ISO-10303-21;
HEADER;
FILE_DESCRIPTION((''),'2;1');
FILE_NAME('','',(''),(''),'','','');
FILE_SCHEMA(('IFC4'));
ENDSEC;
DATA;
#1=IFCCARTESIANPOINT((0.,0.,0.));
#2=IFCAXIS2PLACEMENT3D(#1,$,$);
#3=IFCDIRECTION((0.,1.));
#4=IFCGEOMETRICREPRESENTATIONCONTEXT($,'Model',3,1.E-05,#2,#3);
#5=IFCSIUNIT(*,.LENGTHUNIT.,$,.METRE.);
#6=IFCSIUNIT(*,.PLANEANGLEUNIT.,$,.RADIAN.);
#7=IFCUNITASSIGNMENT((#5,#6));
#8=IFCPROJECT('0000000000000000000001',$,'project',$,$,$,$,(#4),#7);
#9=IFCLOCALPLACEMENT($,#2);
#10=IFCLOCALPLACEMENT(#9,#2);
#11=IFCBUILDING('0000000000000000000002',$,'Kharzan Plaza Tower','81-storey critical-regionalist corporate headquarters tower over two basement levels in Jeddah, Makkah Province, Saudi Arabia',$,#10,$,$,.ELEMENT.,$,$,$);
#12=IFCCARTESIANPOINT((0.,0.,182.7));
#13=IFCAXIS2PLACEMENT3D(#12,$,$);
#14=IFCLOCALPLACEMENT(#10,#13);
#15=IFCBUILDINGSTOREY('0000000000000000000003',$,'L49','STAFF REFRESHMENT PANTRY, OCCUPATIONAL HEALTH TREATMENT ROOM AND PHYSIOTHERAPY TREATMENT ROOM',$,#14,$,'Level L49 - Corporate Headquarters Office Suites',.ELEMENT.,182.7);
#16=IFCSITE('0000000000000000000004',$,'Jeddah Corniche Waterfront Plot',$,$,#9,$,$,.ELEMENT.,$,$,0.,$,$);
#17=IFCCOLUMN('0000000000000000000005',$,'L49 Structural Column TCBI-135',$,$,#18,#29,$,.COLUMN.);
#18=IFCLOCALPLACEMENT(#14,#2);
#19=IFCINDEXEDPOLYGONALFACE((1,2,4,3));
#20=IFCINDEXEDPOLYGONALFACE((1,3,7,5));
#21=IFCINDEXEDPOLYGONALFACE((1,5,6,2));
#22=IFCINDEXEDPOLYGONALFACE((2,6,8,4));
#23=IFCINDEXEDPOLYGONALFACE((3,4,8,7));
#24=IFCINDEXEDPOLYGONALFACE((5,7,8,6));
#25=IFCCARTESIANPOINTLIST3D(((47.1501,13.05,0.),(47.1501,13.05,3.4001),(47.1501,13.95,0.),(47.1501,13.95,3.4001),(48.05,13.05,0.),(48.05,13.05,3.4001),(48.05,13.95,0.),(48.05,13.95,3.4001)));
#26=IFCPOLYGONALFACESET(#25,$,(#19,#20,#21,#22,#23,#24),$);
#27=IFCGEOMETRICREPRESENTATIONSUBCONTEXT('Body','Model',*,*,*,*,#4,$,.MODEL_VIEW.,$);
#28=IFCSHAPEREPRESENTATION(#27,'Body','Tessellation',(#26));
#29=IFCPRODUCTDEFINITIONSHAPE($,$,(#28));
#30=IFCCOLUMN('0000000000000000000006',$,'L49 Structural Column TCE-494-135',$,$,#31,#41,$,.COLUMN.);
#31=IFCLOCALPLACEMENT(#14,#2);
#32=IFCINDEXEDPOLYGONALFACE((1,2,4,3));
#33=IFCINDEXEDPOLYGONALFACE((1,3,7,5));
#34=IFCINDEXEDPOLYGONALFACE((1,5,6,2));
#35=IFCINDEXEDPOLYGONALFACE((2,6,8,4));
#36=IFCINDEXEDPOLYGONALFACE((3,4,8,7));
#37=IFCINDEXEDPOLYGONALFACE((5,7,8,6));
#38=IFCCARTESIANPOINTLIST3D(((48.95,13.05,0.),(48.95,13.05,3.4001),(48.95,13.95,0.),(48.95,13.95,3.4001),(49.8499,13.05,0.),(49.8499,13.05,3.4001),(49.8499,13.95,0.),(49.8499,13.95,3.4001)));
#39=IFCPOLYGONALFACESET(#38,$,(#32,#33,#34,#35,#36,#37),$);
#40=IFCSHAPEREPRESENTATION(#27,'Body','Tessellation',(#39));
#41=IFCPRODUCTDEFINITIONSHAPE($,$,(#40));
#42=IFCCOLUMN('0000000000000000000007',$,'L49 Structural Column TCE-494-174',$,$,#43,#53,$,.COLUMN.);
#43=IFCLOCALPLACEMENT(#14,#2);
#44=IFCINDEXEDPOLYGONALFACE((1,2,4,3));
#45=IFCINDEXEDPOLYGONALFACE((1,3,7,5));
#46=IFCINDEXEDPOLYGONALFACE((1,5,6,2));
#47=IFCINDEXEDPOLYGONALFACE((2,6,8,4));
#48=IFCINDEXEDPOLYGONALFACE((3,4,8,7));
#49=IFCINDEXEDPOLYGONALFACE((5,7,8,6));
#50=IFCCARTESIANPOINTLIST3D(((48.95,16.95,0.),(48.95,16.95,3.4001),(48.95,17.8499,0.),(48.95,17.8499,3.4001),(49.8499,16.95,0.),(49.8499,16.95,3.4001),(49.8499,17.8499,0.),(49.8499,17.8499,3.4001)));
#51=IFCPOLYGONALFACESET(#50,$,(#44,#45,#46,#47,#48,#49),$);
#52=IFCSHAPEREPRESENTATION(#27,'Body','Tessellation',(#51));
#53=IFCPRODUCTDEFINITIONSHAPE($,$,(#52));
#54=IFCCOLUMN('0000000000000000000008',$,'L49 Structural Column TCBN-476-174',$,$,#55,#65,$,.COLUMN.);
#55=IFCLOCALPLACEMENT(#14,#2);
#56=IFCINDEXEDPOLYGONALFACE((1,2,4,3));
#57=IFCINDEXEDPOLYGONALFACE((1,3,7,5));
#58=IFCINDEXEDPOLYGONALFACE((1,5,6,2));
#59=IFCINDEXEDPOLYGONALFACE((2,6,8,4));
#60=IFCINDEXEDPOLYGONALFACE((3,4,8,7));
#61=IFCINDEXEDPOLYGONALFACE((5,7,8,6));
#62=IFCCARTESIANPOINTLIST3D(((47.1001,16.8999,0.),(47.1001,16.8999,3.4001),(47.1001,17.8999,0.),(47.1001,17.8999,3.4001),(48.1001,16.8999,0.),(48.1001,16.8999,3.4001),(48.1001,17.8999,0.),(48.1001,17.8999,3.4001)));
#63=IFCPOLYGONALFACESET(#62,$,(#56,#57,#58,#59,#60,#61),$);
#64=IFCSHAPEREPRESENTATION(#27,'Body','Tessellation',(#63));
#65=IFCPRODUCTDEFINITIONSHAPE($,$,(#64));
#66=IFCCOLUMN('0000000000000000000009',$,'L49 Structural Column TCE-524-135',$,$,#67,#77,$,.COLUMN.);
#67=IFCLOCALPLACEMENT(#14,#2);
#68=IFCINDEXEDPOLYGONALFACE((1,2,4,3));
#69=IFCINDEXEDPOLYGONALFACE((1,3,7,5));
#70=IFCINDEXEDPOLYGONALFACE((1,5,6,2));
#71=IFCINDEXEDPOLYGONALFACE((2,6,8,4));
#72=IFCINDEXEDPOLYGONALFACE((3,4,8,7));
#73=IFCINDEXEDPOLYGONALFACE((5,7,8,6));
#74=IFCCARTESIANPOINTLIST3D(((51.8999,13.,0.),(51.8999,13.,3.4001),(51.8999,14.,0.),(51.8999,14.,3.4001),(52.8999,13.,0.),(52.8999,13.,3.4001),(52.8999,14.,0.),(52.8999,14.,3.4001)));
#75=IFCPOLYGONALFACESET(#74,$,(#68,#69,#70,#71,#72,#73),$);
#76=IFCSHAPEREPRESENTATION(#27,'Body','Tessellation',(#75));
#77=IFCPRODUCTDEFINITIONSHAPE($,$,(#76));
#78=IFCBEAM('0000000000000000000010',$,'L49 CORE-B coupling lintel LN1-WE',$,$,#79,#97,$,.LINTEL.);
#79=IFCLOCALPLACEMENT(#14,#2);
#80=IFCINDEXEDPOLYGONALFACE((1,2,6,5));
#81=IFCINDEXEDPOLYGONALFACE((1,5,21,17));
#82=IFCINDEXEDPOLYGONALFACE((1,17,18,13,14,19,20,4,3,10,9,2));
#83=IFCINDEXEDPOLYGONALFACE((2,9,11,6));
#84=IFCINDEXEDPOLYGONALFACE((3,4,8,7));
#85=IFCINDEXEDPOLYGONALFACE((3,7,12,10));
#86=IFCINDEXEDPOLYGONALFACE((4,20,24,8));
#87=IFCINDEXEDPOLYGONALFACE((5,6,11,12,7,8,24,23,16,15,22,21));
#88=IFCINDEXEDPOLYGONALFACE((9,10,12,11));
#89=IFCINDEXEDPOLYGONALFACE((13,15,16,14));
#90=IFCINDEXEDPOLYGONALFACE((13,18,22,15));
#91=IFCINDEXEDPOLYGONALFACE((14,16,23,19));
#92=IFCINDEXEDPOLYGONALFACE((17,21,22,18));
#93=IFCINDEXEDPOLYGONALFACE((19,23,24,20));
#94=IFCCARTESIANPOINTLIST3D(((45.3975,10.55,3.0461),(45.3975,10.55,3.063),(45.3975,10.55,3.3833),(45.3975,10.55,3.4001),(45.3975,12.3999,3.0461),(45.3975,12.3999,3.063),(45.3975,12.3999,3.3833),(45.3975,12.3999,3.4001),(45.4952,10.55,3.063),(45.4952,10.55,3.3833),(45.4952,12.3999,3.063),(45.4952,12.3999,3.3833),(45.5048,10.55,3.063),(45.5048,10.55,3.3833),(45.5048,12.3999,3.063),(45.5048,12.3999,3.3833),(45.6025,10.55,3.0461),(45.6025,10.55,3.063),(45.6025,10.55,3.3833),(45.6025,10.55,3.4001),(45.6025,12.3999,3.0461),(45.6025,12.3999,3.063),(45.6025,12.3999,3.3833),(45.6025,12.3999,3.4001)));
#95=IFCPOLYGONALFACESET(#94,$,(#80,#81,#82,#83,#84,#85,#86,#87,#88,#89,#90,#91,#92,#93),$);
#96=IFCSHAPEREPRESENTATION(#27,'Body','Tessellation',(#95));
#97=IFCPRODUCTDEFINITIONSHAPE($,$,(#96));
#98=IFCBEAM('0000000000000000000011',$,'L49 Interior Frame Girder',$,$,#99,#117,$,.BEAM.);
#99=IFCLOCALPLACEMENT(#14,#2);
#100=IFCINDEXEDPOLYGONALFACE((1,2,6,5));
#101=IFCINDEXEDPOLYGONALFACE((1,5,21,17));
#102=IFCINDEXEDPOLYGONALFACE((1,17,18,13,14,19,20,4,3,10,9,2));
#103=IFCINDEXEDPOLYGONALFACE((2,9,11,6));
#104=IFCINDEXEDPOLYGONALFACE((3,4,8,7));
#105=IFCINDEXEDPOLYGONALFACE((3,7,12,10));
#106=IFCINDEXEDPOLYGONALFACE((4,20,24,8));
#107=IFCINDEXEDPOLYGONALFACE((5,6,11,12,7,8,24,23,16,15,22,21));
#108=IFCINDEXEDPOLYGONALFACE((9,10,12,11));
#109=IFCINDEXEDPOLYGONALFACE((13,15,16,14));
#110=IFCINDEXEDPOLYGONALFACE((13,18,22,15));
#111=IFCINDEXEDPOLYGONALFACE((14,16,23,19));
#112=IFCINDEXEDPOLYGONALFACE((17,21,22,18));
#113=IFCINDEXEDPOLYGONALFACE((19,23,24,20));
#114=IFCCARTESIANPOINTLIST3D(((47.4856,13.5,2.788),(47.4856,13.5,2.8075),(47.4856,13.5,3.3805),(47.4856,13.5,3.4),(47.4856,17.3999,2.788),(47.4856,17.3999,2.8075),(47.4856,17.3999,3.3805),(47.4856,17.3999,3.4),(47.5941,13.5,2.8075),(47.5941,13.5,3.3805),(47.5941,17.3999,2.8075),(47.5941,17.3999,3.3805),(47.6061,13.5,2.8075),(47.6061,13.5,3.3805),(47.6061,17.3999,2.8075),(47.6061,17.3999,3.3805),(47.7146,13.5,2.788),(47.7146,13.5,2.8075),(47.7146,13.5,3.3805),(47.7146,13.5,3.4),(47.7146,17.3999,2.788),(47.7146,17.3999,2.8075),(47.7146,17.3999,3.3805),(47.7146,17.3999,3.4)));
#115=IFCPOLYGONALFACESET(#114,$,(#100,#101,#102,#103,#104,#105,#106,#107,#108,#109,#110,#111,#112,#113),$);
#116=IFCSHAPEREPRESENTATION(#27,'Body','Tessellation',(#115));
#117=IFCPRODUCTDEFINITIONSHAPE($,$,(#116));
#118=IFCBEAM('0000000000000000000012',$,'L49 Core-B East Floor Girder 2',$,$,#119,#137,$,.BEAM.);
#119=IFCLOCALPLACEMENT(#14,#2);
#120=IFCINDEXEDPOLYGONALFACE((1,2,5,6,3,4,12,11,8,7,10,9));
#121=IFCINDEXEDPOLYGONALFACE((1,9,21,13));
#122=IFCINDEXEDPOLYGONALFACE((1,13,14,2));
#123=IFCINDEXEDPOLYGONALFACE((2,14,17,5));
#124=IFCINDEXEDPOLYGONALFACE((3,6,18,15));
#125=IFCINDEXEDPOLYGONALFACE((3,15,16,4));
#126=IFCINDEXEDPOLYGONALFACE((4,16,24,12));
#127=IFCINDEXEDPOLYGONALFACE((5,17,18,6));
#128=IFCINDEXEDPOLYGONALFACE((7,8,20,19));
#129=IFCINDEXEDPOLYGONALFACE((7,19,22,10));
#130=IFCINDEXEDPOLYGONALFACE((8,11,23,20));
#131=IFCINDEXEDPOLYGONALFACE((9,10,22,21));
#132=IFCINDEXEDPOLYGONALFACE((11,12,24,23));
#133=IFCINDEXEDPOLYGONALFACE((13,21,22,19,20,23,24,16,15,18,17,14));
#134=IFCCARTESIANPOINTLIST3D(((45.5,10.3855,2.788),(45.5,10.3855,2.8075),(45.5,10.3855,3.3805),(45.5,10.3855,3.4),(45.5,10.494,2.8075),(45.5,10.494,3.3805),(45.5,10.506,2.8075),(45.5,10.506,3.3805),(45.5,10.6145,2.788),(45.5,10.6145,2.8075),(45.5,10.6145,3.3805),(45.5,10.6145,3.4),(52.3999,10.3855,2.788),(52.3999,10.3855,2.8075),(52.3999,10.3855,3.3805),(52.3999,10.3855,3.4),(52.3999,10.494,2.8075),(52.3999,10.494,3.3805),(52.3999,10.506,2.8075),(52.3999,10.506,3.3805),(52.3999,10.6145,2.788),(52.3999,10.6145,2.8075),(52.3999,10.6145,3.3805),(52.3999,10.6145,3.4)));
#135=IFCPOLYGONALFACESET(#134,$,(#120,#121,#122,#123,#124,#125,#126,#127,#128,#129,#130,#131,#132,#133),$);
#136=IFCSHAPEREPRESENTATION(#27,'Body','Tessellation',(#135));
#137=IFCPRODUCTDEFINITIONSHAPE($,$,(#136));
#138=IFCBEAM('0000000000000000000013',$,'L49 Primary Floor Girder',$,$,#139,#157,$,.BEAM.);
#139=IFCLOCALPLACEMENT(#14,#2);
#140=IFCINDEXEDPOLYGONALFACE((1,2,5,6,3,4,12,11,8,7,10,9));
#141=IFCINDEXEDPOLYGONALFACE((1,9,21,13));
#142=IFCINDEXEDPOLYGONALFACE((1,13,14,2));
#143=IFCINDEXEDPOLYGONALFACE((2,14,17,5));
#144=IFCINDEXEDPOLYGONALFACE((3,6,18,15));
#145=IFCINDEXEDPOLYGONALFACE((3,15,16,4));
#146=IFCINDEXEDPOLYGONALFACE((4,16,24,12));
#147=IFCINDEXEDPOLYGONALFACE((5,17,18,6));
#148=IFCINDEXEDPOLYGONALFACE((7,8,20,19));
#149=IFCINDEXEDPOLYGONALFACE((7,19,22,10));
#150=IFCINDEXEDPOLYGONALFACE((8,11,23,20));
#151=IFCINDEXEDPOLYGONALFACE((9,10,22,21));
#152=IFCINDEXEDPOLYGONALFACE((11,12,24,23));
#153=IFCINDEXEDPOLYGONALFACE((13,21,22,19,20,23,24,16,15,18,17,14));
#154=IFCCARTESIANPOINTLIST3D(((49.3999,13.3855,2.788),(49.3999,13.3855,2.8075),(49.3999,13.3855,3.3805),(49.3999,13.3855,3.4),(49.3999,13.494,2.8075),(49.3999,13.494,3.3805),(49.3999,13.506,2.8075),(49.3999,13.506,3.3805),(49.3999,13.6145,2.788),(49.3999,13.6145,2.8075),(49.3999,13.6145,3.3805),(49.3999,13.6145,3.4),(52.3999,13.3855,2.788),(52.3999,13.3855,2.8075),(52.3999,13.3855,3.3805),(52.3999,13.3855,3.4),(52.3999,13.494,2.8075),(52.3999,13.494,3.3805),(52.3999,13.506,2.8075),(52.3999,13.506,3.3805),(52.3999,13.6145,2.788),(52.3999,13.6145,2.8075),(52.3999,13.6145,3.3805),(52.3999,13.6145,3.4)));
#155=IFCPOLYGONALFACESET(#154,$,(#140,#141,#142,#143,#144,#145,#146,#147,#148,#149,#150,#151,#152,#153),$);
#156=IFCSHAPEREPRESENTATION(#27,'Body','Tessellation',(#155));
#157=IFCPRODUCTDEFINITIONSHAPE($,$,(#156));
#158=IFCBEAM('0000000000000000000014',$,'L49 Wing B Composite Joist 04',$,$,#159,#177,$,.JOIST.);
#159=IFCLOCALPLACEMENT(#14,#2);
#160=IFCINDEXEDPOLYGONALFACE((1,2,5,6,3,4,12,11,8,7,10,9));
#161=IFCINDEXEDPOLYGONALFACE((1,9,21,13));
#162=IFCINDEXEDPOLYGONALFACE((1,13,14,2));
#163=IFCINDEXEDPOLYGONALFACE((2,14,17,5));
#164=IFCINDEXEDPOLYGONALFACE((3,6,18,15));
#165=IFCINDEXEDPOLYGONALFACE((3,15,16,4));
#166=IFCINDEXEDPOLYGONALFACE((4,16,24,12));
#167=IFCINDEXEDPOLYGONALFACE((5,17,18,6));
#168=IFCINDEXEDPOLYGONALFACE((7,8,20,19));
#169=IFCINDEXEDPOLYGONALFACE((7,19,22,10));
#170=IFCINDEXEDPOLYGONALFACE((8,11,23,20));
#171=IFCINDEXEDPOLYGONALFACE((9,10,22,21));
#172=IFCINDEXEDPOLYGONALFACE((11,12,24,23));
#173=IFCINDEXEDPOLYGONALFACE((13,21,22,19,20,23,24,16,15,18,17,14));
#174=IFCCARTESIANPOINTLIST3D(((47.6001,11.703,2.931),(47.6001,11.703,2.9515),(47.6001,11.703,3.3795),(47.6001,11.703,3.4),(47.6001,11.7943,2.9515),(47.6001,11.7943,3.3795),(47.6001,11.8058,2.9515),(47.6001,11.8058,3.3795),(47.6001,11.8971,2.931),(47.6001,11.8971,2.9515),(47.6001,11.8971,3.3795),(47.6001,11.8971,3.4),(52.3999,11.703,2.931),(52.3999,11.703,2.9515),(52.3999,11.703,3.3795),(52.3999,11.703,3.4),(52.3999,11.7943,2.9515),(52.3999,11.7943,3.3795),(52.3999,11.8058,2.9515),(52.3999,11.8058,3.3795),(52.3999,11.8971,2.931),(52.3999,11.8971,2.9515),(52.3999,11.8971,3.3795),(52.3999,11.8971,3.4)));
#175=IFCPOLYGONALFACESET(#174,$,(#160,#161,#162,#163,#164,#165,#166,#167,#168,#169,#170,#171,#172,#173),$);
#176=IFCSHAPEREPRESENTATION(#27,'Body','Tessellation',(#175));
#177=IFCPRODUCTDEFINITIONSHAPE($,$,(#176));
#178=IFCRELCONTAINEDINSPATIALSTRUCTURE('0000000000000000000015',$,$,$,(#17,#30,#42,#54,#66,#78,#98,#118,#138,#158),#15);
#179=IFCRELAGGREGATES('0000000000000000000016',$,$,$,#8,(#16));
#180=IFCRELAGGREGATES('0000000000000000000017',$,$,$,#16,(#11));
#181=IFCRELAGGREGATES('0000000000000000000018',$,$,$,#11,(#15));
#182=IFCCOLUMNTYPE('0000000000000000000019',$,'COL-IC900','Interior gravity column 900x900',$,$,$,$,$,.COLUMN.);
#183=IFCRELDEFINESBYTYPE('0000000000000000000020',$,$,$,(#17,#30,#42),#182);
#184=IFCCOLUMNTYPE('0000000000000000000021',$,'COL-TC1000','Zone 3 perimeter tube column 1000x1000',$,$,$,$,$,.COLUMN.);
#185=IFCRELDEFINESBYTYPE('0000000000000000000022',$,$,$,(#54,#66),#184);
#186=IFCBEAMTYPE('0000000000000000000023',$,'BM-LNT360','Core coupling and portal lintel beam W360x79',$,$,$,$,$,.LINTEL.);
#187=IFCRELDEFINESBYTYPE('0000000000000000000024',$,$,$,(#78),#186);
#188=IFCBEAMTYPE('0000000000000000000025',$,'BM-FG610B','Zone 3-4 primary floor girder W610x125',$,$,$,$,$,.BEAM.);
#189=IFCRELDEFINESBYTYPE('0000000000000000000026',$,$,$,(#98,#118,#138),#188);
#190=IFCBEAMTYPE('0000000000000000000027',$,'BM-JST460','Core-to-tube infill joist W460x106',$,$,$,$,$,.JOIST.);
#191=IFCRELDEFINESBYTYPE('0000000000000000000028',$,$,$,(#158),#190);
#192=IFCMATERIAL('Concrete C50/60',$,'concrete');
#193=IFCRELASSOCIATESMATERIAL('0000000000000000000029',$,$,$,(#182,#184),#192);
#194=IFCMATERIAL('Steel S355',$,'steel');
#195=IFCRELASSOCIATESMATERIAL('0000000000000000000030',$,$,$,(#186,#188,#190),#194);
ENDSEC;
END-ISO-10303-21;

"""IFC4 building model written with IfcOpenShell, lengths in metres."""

from ifc_helpers import new_model, si_unit, direction, frame, origin, origin_2d, place, context, subcontext, project, spatial, rectangle, i_section, extrude, source, transform, mapped, material, material_profile, profile_set, type_object, element, save


model = new_model("IFC4")

# Units and contexts
model_context = context("Model", 3, precision=1e-05, world=origin(), true_north=direction((0.0, 1.0)))
body_context = subcontext(model_context, "Body", "Model", "MODEL_VIEW")
ifc_project = project(units=[si_unit("LENGTHUNIT", "METRE"), si_unit("PLANEANGLEUNIT", "RADIAN")], contexts=[model_context])

# Site, building, storey
site_placement = place(None, origin())
site = spatial("IfcSite", under=ifc_project, at=site_placement, Name="Jeddah Corniche Waterfront Plot", CompositionType="ELEMENT", RefElevation=0.0)
building_placement = place(site_placement, origin())
building = spatial("IfcBuilding", under=site, at=building_placement, Name="Kharzan Plaza Tower", Description="81-storey critical-regionalist corporate headquarters tower over two basement levels in Jeddah, Makkah Province, Saudi Arabia", CompositionType="ELEMENT")
storey_placement = place(building_placement, frame((0.0, 0.0, 182.7)))
storey = spatial("IfcBuildingStorey", under=building, at=storey_placement, Name="L49", Description="STAFF REFRESHMENT PANTRY, OCCUPATIONAL HEALTH TREATMENT ROOM AND PHYSIOTHERAPY TREATMENT ROOM", LongName="Level L49 - Corporate Headquarters Office Suites", CompositionType="ELEMENT", Elevation=182.7)

# Columns
ifc_material_1 = material(Name="Concrete C50/60", Category="concrete")
ifc_material_profile_1 = material_profile(ifc_material_1, rectangle(XDim=0.8999, YDim=0.8999, at=origin_2d()), Name="RC-IC900x900")
ifc_profile_set_1 = profile_set([ifc_material_profile_1], Name="Concrete C50/60")
column_type_1 = type_object("IfcColumnType", Name="COL-IC900", Description="Interior gravity column 900x900", PredefinedType="COLUMN", material=ifc_profile_set_1)
shared_shape_1 = source(origin(), body_context, "Body", "SweptSolid", [
    extrude(rectangle(XDim=0.8999, YDim=0.8999, at=origin_2d()), origin(), (0.0, 0.0, 1.0), 3.4001),
])
for number, where, z_axis, x_axis, name in (
    (1, (47.6001, 13.5, 0.0), (0.0, 0.0, 1.0), (1.0, 0.0, 0.0), "L49 Structural Column TCBI-135"),
    (2, (49.3999, 13.5, 0.0), (0.0, 0.0, 1.0), (1.0, 0.0, 0.0), "L49 Structural Column TCE-494-135"),
    (3, (49.3999, 17.3999, 0.0), (0.0, 0.0, 1.0), (1.0, 0.0, 0.0), "L49 Structural Column TCE-494-174"),
):
    element("IfcColumn", number, at=place(storey_placement, frame(where, z_axis=z_axis, x_axis=x_axis)), inside=storey, type_object=column_type_1, Name=name, PredefinedType="COLUMN", context=body_context, shape_type="MappedRepresentation", body=[
        mapped(shared_shape_1, transform((0.0, 0.0, 0.0), x_axis=(1.0, 0.0, 0.0), y_axis=(0.0, 1.0, 0.0), z_axis=(0.0, 0.0, 1.0))),
    ])
ifc_material_profile_2 = material_profile(ifc_material_1, rectangle(XDim=1.0, YDim=1.0, at=origin_2d()), Name="RC-TC1000x1000")
ifc_profile_set_2 = profile_set([ifc_material_profile_2], Name="Concrete C50/60")
column_type_2 = type_object("IfcColumnType", Name="COL-TC1000", Description="Zone 3 perimeter tube column 1000x1000", PredefinedType="COLUMN", material=ifc_profile_set_2)
shared_shape_2 = source(origin(), body_context, "Body", "SweptSolid", [
    extrude(rectangle(XDim=1.0, YDim=1.0, at=origin_2d()), origin(), (0.0, 0.0, 1.0), 3.4001),
])
for number, where, z_axis, x_axis, name in (
    (4, (47.6001, 17.3999, 0.0), (0.0, 0.0, 1.0), (1.0, 0.0, 0.0), "L49 Structural Column TCBN-476-174"),
    (5, (52.3999, 13.5, 0.0), (0.0, 0.0, 1.0), (1.0, 0.0, 0.0), "L49 Structural Column TCE-524-135"),
):
    element("IfcColumn", number, at=place(storey_placement, frame(where, z_axis=z_axis, x_axis=x_axis)), inside=storey, type_object=column_type_2, Name=name, PredefinedType="COLUMN", context=body_context, shape_type="MappedRepresentation", body=[
        mapped(shared_shape_2, transform((0.0, 0.0, 0.0), x_axis=(1.0, 0.0, 0.0), y_axis=(0.0, 1.0, 0.0), z_axis=(0.0, 0.0, 1.0))),
    ])

# Beams
ifc_material_2 = material(Name="Steel S355", Category="steel")
ifc_material_profile_3 = material_profile(ifc_material_2, i_section(OverallWidth=0.2051, OverallDepth=0.354, WebThickness=0.0095, FlangeThickness=0.0168, at=origin_2d()), Name="W360x79")
ifc_profile_set_3 = profile_set([ifc_material_profile_3], Name="Steel S355")
beam_type_1 = type_object("IfcBeamType", Name="BM-LNT360", Description="Core coupling and portal lintel beam W360x79", PredefinedType="LINTEL", material=ifc_profile_set_3)
shared_shape_3 = source(origin(), body_context, "Body", "SweptSolid", [
    extrude(i_section(OverallWidth=0.2051, OverallDepth=0.354, WebThickness=0.0095, FlangeThickness=0.0168, at=origin_2d()), origin(), (0.0, 0.0, 1.0), 1.8499),
])
beam_1_placement = place(storey_placement, frame((45.5, 10.55, 3.2231), z_axis=(0.0, 1.0, 0.0), x_axis=(-1.0, 0.0, 0.0)))
element("IfcBeam", 6, at=beam_1_placement, inside=storey, type_object=beam_type_1, Name="L49 CORE-B coupling lintel LN1-WE", PredefinedType="LINTEL", context=body_context, shape_type="MappedRepresentation", body=[
    mapped(shared_shape_3, transform((0.0, 0.0, 0.0), x_axis=(1.0, 0.0, 0.0), y_axis=(0.0, 1.0, 0.0), z_axis=(0.0, 0.0, 1.0))),
])
ifc_material_profile_4 = material_profile(ifc_material_2, i_section(OverallWidth=0.229, OverallDepth=0.6121, WebThickness=0.012, FlangeThickness=0.0195, at=origin_2d()), Name="W610x125")
ifc_profile_set_4 = profile_set([ifc_material_profile_4], Name="Steel S355")
beam_type_2 = type_object("IfcBeamType", Name="BM-FG610B", Description="Zone 3-4 primary floor girder W610x125", PredefinedType="BEAM", material=ifc_profile_set_4)
shared_shape_4 = source(origin(), body_context, "Body", "SweptSolid", [
    extrude(i_section(OverallWidth=0.229, OverallDepth=0.6121, WebThickness=0.012, FlangeThickness=0.0195, at=origin_2d()), origin(), (0.0, 0.0, 1.0), 3.8999),
])
beam_2_placement = place(storey_placement, frame((47.6001, 13.5, 3.094), z_axis=(0.0, 1.0, 0.0), x_axis=(-1.0, 0.0, 0.0)))
element("IfcBeam", 7, at=beam_2_placement, inside=storey, type_object=beam_type_2, Name="L49 Interior Frame Girder", PredefinedType="BEAM", context=body_context, shape_type="MappedRepresentation", body=[
    mapped(shared_shape_4, transform((0.0, 0.0, 0.0), x_axis=(1.0, 0.0, 0.0), y_axis=(0.0, 1.0, 0.0), z_axis=(0.0, 0.0, 1.0))),
])
shared_shape_5 = source(origin(), body_context, "Body", "SweptSolid", [
    extrude(i_section(OverallWidth=0.229, OverallDepth=0.6121, WebThickness=0.012, FlangeThickness=0.0195, at=origin_2d()), origin(), (0.0, 0.0, 1.0), 6.8999),
])
beam_3_placement = place(storey_placement, frame((45.5, 10.5, 3.094), z_axis=(1.0, 0.0, 0.0), x_axis=(0.0, 1.0, 0.0)))
element("IfcBeam", 8, at=beam_3_placement, inside=storey, type_object=beam_type_2, Name="L49 Core-B East Floor Girder 2", PredefinedType="BEAM", context=body_context, shape_type="MappedRepresentation", body=[
    mapped(shared_shape_5, transform((0.0, 0.0, 0.0), x_axis=(1.0, 0.0, 0.0), y_axis=(0.0, 1.0, 0.0), z_axis=(0.0, 0.0, 1.0))),
])
shared_shape_6 = source(origin(), body_context, "Body", "SweptSolid", [
    extrude(i_section(OverallWidth=0.229, OverallDepth=0.6121, WebThickness=0.012, FlangeThickness=0.0195, at=origin_2d()), origin(), (0.0, 0.0, 1.0), 3.0),
])
beam_4_placement = place(storey_placement, frame((49.3999, 13.5, 3.094), z_axis=(1.0, 0.0, 0.0), x_axis=(0.0, 1.0, 0.0)))
element("IfcBeam", 9, at=beam_4_placement, inside=storey, type_object=beam_type_2, Name="L49 Primary Floor Girder", PredefinedType="BEAM", context=body_context, shape_type="MappedRepresentation", body=[
    mapped(shared_shape_6, transform((0.0, 0.0, 0.0), x_axis=(1.0, 0.0, 0.0), y_axis=(0.0, 1.0, 0.0), z_axis=(0.0, 0.0, 1.0))),
])
ifc_material_profile_5 = material_profile(ifc_material_2, i_section(OverallWidth=0.1941, OverallDepth=0.469, WebThickness=0.0115, FlangeThickness=0.0205, at=origin_2d()), Name="W460x106")
ifc_profile_set_5 = profile_set([ifc_material_profile_5], Name="Steel S355")
beam_type_3 = type_object("IfcBeamType", Name="BM-JST460", Description="Core-to-tube infill joist W460x106", PredefinedType="JOIST", material=ifc_profile_set_5)
shared_shape_7 = source(origin(), body_context, "Body", "SweptSolid", [
    extrude(i_section(OverallWidth=0.1941, OverallDepth=0.469, WebThickness=0.0115, FlangeThickness=0.0205, at=origin_2d()), origin(), (0.0, 0.0, 1.0), 4.7998),
])
beam_5_placement = place(storey_placement, frame((47.6001, 11.8, 3.1655), z_axis=(1.0, 0.0, 0.0), x_axis=(0.0, 1.0, 0.0)))
element("IfcBeam", 10, at=beam_5_placement, inside=storey, type_object=beam_type_3, Name="L49 Wing B Composite Joist 04", PredefinedType="JOIST", context=body_context, shape_type="MappedRepresentation", body=[
    mapped(shared_shape_7, transform((0.0, 0.0, 0.0), x_axis=(1.0, 0.0, 0.0), y_axis=(0.0, 1.0, 0.0), z_axis=(0.0, 0.0, 1.0))),
])

save(model, "model.ifc")
